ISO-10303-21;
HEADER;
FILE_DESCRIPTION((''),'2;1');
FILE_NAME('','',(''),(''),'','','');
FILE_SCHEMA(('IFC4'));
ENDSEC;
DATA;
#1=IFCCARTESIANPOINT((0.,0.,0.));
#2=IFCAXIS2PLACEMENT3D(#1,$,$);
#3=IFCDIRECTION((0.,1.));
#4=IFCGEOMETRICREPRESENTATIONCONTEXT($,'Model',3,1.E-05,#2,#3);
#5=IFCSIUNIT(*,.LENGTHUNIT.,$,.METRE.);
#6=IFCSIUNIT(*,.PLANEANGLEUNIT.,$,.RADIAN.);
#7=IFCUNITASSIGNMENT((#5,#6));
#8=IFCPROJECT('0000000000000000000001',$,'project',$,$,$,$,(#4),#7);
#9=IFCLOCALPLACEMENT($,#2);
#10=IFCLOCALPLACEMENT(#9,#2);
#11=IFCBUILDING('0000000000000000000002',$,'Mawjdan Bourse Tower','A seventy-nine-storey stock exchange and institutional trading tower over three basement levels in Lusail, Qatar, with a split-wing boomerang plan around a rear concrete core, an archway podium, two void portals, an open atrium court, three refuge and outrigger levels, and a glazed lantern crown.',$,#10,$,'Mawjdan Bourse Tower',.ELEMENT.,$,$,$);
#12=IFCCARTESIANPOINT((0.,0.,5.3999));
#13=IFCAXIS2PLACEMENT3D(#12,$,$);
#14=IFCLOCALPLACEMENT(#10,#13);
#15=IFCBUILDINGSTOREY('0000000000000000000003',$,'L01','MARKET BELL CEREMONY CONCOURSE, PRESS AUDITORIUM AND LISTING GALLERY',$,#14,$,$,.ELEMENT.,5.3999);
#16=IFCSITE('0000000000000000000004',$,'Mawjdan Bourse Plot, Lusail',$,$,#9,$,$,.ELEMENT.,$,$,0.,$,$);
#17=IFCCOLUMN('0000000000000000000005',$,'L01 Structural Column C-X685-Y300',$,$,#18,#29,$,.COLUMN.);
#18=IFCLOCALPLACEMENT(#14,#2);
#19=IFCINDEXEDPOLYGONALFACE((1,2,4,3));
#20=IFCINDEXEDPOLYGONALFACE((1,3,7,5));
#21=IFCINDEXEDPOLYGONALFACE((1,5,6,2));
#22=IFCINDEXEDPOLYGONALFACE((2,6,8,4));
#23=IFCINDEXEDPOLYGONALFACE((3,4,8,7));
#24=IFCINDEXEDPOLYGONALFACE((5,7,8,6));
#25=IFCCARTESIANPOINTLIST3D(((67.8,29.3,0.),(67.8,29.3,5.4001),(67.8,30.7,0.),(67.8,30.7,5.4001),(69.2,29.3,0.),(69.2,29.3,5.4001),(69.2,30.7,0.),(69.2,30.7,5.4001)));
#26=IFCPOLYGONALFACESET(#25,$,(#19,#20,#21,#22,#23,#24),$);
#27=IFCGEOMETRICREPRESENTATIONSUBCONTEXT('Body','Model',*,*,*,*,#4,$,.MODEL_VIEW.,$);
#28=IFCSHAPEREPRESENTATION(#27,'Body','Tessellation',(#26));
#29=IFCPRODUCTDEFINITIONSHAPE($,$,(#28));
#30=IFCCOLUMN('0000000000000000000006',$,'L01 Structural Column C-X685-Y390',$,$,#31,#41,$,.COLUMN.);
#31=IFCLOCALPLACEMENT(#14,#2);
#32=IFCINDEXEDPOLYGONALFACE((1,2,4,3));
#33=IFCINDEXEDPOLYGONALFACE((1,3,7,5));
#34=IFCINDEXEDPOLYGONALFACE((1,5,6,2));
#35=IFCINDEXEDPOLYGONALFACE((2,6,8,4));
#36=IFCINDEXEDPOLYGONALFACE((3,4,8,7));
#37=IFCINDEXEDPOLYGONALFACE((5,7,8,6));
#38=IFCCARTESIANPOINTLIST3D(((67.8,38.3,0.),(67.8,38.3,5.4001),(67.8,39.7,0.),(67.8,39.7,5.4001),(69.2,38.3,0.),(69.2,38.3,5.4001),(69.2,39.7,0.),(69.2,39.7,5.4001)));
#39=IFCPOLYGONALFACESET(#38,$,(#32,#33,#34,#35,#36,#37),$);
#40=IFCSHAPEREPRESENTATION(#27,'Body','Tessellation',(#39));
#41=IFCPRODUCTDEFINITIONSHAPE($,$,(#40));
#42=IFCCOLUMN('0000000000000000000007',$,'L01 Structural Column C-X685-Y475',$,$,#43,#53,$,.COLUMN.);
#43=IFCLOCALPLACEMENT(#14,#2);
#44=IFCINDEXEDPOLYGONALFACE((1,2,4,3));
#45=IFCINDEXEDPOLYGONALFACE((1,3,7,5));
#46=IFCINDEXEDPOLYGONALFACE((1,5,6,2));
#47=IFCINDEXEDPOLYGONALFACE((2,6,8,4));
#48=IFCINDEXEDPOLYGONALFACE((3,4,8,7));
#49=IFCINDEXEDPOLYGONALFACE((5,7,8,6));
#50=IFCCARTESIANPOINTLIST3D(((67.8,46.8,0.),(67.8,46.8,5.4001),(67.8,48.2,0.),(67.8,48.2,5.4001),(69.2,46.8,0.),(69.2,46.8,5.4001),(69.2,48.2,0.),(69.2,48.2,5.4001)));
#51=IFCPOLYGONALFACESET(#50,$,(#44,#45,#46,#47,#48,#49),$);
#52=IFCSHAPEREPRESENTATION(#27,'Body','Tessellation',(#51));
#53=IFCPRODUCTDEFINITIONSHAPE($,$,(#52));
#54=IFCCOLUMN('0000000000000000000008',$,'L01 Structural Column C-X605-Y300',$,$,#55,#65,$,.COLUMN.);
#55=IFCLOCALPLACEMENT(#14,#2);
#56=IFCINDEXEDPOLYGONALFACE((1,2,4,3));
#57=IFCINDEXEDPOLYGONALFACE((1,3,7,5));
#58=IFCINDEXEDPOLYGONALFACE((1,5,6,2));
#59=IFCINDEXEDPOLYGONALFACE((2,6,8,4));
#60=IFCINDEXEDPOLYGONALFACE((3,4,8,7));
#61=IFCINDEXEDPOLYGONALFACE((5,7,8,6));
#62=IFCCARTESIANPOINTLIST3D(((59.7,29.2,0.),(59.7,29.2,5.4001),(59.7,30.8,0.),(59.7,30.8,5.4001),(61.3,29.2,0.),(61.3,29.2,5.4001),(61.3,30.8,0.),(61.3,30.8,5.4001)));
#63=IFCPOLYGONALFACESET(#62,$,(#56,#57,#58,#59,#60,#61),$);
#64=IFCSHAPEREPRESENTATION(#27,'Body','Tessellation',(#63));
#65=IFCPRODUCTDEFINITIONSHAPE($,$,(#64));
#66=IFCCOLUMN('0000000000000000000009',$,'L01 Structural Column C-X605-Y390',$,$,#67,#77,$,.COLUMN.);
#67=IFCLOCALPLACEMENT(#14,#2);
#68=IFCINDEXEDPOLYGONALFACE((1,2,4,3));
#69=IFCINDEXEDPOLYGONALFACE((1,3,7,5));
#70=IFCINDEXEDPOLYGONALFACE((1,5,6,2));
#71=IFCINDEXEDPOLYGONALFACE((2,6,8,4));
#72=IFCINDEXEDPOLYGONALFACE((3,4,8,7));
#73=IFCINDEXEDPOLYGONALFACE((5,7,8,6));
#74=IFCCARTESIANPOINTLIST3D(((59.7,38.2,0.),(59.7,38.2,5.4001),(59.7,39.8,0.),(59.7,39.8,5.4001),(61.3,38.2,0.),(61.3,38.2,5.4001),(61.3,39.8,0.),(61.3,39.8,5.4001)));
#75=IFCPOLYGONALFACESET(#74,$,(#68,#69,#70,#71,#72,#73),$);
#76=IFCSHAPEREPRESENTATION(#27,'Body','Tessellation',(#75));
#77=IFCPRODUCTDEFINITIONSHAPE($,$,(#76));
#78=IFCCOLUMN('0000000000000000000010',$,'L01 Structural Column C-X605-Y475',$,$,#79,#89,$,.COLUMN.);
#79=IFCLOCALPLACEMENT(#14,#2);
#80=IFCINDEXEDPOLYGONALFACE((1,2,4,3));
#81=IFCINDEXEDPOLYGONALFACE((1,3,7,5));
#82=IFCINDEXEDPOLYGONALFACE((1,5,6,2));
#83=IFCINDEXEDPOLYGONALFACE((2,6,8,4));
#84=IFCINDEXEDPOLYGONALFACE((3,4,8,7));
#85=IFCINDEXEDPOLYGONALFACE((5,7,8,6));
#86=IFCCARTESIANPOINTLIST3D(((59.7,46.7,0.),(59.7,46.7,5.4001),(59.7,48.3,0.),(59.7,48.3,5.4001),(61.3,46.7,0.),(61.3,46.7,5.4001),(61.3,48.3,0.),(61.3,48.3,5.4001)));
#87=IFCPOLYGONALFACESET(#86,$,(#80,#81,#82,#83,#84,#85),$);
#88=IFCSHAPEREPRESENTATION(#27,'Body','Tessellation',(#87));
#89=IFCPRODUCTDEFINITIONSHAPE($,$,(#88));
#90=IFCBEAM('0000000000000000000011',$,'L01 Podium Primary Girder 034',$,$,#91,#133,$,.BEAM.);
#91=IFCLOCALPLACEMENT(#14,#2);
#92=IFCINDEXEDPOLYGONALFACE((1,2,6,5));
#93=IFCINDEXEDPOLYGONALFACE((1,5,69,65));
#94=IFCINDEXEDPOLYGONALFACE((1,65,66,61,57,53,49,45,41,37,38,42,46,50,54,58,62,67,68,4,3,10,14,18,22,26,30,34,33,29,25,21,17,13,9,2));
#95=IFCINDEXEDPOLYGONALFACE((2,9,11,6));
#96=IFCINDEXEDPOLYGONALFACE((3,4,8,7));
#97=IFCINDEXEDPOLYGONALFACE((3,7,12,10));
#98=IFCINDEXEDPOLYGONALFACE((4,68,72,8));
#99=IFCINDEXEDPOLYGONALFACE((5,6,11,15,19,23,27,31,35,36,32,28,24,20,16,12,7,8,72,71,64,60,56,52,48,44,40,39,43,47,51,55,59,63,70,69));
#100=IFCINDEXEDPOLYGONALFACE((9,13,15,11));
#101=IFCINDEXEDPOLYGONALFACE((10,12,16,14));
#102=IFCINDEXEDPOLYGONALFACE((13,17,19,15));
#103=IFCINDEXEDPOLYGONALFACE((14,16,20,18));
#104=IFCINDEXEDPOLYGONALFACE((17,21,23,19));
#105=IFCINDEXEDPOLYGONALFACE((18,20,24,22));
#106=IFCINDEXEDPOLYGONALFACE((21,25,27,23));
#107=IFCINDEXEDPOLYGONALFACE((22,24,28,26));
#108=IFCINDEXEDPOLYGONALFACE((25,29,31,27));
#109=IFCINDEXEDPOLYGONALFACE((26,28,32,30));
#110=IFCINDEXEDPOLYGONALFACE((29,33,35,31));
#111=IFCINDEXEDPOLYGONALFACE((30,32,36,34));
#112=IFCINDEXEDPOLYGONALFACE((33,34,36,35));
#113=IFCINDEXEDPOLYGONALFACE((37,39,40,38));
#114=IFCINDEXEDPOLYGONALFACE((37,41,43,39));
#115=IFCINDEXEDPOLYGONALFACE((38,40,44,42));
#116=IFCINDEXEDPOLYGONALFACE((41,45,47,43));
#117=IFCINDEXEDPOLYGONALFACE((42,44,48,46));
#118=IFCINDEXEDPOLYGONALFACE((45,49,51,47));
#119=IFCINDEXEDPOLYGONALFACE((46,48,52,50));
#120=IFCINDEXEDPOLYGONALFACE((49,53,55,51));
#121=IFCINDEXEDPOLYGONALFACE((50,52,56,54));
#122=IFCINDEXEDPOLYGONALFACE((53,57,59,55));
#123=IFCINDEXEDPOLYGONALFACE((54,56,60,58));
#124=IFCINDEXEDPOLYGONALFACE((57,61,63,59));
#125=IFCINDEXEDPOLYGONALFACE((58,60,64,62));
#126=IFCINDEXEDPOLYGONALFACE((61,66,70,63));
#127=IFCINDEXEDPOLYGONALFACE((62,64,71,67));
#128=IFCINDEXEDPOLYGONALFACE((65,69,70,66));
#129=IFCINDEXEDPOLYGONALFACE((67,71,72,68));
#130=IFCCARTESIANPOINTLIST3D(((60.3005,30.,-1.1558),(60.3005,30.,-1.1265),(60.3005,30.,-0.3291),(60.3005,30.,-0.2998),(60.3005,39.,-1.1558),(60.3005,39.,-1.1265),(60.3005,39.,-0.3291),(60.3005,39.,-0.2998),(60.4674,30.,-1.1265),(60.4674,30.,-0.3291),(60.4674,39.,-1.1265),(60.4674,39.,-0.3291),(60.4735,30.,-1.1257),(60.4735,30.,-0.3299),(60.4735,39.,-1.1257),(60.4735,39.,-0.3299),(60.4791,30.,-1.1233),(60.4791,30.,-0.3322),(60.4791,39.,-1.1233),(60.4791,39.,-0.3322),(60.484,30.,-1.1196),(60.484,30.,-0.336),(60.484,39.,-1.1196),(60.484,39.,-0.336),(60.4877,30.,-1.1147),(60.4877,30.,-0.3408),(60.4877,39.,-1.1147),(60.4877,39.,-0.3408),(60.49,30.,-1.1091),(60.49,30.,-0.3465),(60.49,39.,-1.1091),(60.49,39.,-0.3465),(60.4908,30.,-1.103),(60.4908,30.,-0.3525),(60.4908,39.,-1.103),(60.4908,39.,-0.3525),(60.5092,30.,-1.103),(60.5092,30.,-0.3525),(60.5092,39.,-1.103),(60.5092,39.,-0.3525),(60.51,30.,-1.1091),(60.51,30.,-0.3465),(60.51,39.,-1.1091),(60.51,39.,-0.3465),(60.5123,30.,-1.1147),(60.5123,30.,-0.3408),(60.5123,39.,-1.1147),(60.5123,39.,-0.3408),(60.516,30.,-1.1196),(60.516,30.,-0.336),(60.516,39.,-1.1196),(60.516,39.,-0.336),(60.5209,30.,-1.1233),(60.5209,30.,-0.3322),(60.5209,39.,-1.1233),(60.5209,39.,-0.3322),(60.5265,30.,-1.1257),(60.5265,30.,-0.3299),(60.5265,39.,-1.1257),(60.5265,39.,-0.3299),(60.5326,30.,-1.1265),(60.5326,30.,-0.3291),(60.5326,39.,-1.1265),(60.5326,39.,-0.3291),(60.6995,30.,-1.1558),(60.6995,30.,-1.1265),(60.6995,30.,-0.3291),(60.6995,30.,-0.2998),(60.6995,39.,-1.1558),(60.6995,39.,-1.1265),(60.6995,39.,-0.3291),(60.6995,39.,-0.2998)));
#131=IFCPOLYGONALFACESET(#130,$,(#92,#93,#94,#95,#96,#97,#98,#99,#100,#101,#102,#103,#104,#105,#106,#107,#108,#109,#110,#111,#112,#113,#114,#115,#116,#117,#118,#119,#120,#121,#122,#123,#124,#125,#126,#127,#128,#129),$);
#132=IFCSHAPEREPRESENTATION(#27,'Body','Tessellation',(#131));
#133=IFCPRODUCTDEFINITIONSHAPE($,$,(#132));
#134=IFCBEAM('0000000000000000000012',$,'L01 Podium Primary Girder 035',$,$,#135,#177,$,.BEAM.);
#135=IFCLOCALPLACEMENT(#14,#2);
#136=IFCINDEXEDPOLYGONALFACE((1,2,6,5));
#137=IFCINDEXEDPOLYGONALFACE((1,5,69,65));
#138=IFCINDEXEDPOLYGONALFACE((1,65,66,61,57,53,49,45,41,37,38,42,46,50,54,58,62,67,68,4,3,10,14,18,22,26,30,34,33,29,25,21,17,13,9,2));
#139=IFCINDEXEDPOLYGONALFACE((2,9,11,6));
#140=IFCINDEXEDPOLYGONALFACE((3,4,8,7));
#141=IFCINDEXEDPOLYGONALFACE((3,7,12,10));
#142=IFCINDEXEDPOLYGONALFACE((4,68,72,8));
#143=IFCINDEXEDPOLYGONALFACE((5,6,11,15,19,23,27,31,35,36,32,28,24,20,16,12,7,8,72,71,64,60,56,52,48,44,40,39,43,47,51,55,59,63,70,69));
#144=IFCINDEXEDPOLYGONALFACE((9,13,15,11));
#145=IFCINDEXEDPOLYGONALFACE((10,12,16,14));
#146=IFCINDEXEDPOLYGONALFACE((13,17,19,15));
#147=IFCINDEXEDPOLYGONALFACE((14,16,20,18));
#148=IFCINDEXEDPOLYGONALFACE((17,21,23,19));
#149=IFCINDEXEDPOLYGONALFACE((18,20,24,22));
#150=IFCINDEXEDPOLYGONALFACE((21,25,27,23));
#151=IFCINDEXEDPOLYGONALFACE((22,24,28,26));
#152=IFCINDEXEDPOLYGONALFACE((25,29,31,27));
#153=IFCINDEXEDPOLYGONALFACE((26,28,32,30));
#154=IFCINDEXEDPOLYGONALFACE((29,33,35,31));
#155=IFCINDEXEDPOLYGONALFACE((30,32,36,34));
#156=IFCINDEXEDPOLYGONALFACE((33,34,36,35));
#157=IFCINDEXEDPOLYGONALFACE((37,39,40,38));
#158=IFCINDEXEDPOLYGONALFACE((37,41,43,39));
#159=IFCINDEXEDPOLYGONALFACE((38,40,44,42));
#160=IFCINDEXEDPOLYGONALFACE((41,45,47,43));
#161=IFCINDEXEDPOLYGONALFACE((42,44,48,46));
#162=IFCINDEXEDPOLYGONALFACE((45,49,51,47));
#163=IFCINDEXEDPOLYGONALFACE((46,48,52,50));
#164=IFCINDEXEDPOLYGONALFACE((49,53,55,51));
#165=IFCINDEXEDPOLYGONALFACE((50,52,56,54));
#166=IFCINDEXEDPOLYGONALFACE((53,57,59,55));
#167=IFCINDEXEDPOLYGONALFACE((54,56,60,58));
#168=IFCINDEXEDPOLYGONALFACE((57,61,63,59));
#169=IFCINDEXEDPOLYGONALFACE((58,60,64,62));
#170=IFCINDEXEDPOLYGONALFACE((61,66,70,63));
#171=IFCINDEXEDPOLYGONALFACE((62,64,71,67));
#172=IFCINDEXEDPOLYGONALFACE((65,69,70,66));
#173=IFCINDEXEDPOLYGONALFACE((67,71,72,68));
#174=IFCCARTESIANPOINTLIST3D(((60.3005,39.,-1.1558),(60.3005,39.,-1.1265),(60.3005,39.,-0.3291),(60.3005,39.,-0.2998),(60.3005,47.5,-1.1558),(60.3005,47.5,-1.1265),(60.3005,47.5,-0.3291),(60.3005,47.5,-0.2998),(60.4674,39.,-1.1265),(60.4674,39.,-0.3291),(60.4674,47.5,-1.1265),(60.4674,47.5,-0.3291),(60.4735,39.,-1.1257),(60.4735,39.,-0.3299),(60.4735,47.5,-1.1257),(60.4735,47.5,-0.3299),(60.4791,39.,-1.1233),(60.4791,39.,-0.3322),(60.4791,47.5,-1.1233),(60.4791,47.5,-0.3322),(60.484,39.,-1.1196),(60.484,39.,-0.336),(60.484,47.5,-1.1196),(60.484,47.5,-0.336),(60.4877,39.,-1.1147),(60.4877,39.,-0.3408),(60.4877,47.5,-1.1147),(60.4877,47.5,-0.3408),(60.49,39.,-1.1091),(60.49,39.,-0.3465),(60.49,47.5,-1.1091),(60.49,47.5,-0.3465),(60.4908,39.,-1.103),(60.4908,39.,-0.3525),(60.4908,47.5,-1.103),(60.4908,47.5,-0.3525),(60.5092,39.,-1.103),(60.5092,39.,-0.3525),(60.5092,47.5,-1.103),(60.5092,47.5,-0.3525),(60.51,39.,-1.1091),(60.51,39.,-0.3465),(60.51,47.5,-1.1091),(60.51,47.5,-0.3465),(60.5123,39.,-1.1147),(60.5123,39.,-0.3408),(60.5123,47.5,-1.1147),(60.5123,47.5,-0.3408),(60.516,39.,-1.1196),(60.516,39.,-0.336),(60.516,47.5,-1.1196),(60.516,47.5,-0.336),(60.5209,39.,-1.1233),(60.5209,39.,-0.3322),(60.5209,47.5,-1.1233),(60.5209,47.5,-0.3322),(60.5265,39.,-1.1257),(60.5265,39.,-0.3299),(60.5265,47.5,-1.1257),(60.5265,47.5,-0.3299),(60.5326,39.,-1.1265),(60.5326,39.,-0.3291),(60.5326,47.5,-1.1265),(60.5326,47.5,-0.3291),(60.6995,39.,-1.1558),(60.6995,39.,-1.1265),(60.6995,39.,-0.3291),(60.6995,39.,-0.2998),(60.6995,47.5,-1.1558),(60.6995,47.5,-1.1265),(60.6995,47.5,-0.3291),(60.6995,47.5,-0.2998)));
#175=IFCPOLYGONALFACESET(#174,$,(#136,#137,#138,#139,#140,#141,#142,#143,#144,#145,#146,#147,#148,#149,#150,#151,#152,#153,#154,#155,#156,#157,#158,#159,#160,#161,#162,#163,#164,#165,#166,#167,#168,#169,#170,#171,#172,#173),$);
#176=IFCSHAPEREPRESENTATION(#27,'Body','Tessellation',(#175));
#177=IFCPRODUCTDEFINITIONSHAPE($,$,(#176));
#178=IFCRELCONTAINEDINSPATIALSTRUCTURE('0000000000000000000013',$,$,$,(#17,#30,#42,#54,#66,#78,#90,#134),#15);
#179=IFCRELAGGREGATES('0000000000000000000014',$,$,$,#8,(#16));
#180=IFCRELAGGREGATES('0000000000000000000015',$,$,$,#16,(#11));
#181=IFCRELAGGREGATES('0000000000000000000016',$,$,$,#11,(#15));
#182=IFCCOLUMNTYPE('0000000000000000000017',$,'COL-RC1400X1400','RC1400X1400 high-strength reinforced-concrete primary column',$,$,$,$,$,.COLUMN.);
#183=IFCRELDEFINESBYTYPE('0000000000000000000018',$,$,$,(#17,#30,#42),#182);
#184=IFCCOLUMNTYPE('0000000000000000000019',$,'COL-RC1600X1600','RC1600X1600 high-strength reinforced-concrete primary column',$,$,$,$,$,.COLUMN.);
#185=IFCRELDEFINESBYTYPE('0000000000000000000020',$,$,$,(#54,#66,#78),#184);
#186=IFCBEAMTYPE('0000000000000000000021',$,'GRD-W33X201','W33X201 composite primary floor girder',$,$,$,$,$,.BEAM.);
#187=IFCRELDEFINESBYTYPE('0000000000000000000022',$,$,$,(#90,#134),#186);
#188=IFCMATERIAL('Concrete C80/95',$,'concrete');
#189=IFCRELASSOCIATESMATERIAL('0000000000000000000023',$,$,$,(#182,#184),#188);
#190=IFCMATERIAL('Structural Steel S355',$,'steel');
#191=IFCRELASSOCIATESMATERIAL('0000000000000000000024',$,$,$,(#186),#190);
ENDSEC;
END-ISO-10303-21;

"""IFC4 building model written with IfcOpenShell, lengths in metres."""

from ifc_helpers import new_model, si_unit, direction, frame, origin, origin_2d, place, context, subcontext, project, spatial, rectangle, i_section, extrude, material, material_profile, profile_set, type_object, element, save


model = new_model("IFC4")

# Units and contexts
model_context = context("Model", 3, precision=1e-05, world=origin(), true_north=direction((0.0, 1.0)))
body_context = subcontext(model_context, "Body", "Model", "MODEL_VIEW")
ifc_project = project(units=[si_unit("LENGTHUNIT", "METRE"), si_unit("PLANEANGLEUNIT", "RADIAN")], contexts=[model_context])

# Site, building, storey
site_placement = place(None, origin())
site = spatial("IfcSite", under=ifc_project, at=site_placement, Name="Mawjdan Bourse Plot, Lusail", CompositionType="ELEMENT", RefElevation=0.0)
building_placement = place(site_placement, origin())
building = spatial("IfcBuilding", under=site, at=building_placement, Name="Mawjdan Bourse Tower", Description="A seventy-nine-storey stock exchange and institutional trading tower over three basement levels in Lusail, Qatar, with a split-wing boomerang plan around a rear concrete core, an archway podium, two void portals, an open atrium court, three refuge and outrigger levels, and a glazed lantern crown.", LongName="Mawjdan Bourse Tower", CompositionType="ELEMENT")
storey_placement = place(building_placement, frame((0.0, 0.0, 5.3999)))
storey = spatial("IfcBuildingStorey", under=building, at=storey_placement, Name="L01", Description="MARKET BELL CEREMONY CONCOURSE, PRESS AUDITORIUM AND LISTING GALLERY", CompositionType="ELEMENT", Elevation=5.3999)

# Columns
ifc_material_1 = material(Name="Concrete C80/95", Category="concrete")
ifc_material_profile_1 = material_profile(ifc_material_1, rectangle(XDim=1.3999, YDim=1.3999, at=origin_2d()), Name="RC1400X1400")
ifc_profile_set_1 = profile_set([ifc_material_profile_1], Name="Concrete C80/95")
column_type_1 = type_object("IfcColumnType", Name="COL-RC1400X1400", Description="RC1400X1400 high-strength reinforced-concrete primary column", PredefinedType="COLUMN", material=ifc_profile_set_1)
for number, where, z_axis, x_axis, name in (
    (1, (68.5, 30.0, 0.0), (0.0, 0.0, 1.0), (1.0, 0.0, 0.0), "L01 Structural Column C-X685-Y300"),
    (2, (68.5, 39.0, 0.0), (0.0, 0.0, 1.0), (1.0, 0.0, 0.0), "L01 Structural Column C-X685-Y390"),
    (3, (68.5, 47.5, 0.0), (0.0, 0.0, 1.0), (1.0, 0.0, 0.0), "L01 Structural Column C-X685-Y475"),
):
    element("IfcColumn", number, at=place(storey_placement, frame(where, z_axis=z_axis, x_axis=x_axis)), inside=storey, type_object=column_type_1, Name=name, PredefinedType="COLUMN", context=body_context, shape_type="SweptSolid", body=[
        extrude(rectangle(XDim=1.3999, YDim=1.3999, at=origin_2d()), origin(), (0.0, 0.0, 1.0), 5.4001),
    ])
ifc_material_profile_2 = material_profile(ifc_material_1, rectangle(XDim=1.6001, YDim=1.6001, at=origin_2d()), Name="RC1600X1600")
ifc_profile_set_2 = profile_set([ifc_material_profile_2], Name="Concrete C80/95")
column_type_2 = type_object("IfcColumnType", Name="COL-RC1600X1600", Description="RC1600X1600 high-strength reinforced-concrete primary column", PredefinedType="COLUMN", material=ifc_profile_set_2)
for number, where, z_axis, x_axis, name in (
    (4, (60.5, 30.0, 0.0), (0.0, 0.0, 1.0), (1.0, 0.0, 0.0), "L01 Structural Column C-X605-Y300"),
    (5, (60.5, 39.0, 0.0), (0.0, 0.0, 1.0), (1.0, 0.0, 0.0), "L01 Structural Column C-X605-Y390"),
    (6, (60.5, 47.5, 0.0), (0.0, 0.0, 1.0), (1.0, 0.0, 0.0), "L01 Structural Column C-X605-Y475"),
):
    element("IfcColumn", number, at=place(storey_placement, frame(where, z_axis=z_axis, x_axis=x_axis)), inside=storey, type_object=column_type_2, Name=name, PredefinedType="COLUMN", context=body_context, shape_type="SweptSolid", body=[
        extrude(rectangle(XDim=1.6001, YDim=1.6001, at=origin_2d()), origin(), (0.0, 0.0, 1.0), 5.4001),
    ])

# Beams
ifc_material_2 = material(Name="Structural Steel S355", Category="steel")
ifc_material_profile_3 = material_profile(ifc_material_2, i_section(OverallWidth=0.3989, OverallDepth=0.856, WebThickness=0.0183, FlangeThickness=0.0293, FilletRadius=0.0234, at=origin_2d()), Name="W33X201")
ifc_profile_set_3 = profile_set([ifc_material_profile_3], Name="Structural Steel S355")
beam_type_1 = type_object("IfcBeamType", Name="GRD-W33X201", Description="W33X201 composite primary floor girder", PredefinedType="BEAM", material=ifc_profile_set_3)
beam_1_placement = place(storey_placement, frame((60.5, 30.0, -0.7278), z_axis=(0.0, 1.0, 0.0), x_axis=(-1.0, 0.0, 0.0)))
element("IfcBeam", 7, at=beam_1_placement, inside=storey, type_object=beam_type_1, Name="L01 Podium Primary Girder 034", PredefinedType="BEAM", context=body_context, shape_type="SweptSolid", body=[
    extrude(i_section(OverallWidth=0.3989, OverallDepth=0.856, WebThickness=0.0183, FlangeThickness=0.0293, FilletRadius=0.0234, at=origin_2d()), origin(), (0.0, 0.0, 1.0), 9.0),
])
beam_2_placement = place(storey_placement, frame((60.5, 39.0, -0.7278), z_axis=(0.0, 1.0, 0.0), x_axis=(-1.0, 0.0, 0.0)))
element("IfcBeam", 8, at=beam_2_placement, inside=storey, type_object=beam_type_1, Name="L01 Podium Primary Girder 035", PredefinedType="BEAM", context=body_context, shape_type="SweptSolid", body=[
    extrude(i_section(OverallWidth=0.3989, OverallDepth=0.856, WebThickness=0.0183, FlangeThickness=0.0293, FilletRadius=0.0234, at=origin_2d()), origin(), (0.0, 0.0, 1.0), 8.5),
])

save(model, "model.ifc")
